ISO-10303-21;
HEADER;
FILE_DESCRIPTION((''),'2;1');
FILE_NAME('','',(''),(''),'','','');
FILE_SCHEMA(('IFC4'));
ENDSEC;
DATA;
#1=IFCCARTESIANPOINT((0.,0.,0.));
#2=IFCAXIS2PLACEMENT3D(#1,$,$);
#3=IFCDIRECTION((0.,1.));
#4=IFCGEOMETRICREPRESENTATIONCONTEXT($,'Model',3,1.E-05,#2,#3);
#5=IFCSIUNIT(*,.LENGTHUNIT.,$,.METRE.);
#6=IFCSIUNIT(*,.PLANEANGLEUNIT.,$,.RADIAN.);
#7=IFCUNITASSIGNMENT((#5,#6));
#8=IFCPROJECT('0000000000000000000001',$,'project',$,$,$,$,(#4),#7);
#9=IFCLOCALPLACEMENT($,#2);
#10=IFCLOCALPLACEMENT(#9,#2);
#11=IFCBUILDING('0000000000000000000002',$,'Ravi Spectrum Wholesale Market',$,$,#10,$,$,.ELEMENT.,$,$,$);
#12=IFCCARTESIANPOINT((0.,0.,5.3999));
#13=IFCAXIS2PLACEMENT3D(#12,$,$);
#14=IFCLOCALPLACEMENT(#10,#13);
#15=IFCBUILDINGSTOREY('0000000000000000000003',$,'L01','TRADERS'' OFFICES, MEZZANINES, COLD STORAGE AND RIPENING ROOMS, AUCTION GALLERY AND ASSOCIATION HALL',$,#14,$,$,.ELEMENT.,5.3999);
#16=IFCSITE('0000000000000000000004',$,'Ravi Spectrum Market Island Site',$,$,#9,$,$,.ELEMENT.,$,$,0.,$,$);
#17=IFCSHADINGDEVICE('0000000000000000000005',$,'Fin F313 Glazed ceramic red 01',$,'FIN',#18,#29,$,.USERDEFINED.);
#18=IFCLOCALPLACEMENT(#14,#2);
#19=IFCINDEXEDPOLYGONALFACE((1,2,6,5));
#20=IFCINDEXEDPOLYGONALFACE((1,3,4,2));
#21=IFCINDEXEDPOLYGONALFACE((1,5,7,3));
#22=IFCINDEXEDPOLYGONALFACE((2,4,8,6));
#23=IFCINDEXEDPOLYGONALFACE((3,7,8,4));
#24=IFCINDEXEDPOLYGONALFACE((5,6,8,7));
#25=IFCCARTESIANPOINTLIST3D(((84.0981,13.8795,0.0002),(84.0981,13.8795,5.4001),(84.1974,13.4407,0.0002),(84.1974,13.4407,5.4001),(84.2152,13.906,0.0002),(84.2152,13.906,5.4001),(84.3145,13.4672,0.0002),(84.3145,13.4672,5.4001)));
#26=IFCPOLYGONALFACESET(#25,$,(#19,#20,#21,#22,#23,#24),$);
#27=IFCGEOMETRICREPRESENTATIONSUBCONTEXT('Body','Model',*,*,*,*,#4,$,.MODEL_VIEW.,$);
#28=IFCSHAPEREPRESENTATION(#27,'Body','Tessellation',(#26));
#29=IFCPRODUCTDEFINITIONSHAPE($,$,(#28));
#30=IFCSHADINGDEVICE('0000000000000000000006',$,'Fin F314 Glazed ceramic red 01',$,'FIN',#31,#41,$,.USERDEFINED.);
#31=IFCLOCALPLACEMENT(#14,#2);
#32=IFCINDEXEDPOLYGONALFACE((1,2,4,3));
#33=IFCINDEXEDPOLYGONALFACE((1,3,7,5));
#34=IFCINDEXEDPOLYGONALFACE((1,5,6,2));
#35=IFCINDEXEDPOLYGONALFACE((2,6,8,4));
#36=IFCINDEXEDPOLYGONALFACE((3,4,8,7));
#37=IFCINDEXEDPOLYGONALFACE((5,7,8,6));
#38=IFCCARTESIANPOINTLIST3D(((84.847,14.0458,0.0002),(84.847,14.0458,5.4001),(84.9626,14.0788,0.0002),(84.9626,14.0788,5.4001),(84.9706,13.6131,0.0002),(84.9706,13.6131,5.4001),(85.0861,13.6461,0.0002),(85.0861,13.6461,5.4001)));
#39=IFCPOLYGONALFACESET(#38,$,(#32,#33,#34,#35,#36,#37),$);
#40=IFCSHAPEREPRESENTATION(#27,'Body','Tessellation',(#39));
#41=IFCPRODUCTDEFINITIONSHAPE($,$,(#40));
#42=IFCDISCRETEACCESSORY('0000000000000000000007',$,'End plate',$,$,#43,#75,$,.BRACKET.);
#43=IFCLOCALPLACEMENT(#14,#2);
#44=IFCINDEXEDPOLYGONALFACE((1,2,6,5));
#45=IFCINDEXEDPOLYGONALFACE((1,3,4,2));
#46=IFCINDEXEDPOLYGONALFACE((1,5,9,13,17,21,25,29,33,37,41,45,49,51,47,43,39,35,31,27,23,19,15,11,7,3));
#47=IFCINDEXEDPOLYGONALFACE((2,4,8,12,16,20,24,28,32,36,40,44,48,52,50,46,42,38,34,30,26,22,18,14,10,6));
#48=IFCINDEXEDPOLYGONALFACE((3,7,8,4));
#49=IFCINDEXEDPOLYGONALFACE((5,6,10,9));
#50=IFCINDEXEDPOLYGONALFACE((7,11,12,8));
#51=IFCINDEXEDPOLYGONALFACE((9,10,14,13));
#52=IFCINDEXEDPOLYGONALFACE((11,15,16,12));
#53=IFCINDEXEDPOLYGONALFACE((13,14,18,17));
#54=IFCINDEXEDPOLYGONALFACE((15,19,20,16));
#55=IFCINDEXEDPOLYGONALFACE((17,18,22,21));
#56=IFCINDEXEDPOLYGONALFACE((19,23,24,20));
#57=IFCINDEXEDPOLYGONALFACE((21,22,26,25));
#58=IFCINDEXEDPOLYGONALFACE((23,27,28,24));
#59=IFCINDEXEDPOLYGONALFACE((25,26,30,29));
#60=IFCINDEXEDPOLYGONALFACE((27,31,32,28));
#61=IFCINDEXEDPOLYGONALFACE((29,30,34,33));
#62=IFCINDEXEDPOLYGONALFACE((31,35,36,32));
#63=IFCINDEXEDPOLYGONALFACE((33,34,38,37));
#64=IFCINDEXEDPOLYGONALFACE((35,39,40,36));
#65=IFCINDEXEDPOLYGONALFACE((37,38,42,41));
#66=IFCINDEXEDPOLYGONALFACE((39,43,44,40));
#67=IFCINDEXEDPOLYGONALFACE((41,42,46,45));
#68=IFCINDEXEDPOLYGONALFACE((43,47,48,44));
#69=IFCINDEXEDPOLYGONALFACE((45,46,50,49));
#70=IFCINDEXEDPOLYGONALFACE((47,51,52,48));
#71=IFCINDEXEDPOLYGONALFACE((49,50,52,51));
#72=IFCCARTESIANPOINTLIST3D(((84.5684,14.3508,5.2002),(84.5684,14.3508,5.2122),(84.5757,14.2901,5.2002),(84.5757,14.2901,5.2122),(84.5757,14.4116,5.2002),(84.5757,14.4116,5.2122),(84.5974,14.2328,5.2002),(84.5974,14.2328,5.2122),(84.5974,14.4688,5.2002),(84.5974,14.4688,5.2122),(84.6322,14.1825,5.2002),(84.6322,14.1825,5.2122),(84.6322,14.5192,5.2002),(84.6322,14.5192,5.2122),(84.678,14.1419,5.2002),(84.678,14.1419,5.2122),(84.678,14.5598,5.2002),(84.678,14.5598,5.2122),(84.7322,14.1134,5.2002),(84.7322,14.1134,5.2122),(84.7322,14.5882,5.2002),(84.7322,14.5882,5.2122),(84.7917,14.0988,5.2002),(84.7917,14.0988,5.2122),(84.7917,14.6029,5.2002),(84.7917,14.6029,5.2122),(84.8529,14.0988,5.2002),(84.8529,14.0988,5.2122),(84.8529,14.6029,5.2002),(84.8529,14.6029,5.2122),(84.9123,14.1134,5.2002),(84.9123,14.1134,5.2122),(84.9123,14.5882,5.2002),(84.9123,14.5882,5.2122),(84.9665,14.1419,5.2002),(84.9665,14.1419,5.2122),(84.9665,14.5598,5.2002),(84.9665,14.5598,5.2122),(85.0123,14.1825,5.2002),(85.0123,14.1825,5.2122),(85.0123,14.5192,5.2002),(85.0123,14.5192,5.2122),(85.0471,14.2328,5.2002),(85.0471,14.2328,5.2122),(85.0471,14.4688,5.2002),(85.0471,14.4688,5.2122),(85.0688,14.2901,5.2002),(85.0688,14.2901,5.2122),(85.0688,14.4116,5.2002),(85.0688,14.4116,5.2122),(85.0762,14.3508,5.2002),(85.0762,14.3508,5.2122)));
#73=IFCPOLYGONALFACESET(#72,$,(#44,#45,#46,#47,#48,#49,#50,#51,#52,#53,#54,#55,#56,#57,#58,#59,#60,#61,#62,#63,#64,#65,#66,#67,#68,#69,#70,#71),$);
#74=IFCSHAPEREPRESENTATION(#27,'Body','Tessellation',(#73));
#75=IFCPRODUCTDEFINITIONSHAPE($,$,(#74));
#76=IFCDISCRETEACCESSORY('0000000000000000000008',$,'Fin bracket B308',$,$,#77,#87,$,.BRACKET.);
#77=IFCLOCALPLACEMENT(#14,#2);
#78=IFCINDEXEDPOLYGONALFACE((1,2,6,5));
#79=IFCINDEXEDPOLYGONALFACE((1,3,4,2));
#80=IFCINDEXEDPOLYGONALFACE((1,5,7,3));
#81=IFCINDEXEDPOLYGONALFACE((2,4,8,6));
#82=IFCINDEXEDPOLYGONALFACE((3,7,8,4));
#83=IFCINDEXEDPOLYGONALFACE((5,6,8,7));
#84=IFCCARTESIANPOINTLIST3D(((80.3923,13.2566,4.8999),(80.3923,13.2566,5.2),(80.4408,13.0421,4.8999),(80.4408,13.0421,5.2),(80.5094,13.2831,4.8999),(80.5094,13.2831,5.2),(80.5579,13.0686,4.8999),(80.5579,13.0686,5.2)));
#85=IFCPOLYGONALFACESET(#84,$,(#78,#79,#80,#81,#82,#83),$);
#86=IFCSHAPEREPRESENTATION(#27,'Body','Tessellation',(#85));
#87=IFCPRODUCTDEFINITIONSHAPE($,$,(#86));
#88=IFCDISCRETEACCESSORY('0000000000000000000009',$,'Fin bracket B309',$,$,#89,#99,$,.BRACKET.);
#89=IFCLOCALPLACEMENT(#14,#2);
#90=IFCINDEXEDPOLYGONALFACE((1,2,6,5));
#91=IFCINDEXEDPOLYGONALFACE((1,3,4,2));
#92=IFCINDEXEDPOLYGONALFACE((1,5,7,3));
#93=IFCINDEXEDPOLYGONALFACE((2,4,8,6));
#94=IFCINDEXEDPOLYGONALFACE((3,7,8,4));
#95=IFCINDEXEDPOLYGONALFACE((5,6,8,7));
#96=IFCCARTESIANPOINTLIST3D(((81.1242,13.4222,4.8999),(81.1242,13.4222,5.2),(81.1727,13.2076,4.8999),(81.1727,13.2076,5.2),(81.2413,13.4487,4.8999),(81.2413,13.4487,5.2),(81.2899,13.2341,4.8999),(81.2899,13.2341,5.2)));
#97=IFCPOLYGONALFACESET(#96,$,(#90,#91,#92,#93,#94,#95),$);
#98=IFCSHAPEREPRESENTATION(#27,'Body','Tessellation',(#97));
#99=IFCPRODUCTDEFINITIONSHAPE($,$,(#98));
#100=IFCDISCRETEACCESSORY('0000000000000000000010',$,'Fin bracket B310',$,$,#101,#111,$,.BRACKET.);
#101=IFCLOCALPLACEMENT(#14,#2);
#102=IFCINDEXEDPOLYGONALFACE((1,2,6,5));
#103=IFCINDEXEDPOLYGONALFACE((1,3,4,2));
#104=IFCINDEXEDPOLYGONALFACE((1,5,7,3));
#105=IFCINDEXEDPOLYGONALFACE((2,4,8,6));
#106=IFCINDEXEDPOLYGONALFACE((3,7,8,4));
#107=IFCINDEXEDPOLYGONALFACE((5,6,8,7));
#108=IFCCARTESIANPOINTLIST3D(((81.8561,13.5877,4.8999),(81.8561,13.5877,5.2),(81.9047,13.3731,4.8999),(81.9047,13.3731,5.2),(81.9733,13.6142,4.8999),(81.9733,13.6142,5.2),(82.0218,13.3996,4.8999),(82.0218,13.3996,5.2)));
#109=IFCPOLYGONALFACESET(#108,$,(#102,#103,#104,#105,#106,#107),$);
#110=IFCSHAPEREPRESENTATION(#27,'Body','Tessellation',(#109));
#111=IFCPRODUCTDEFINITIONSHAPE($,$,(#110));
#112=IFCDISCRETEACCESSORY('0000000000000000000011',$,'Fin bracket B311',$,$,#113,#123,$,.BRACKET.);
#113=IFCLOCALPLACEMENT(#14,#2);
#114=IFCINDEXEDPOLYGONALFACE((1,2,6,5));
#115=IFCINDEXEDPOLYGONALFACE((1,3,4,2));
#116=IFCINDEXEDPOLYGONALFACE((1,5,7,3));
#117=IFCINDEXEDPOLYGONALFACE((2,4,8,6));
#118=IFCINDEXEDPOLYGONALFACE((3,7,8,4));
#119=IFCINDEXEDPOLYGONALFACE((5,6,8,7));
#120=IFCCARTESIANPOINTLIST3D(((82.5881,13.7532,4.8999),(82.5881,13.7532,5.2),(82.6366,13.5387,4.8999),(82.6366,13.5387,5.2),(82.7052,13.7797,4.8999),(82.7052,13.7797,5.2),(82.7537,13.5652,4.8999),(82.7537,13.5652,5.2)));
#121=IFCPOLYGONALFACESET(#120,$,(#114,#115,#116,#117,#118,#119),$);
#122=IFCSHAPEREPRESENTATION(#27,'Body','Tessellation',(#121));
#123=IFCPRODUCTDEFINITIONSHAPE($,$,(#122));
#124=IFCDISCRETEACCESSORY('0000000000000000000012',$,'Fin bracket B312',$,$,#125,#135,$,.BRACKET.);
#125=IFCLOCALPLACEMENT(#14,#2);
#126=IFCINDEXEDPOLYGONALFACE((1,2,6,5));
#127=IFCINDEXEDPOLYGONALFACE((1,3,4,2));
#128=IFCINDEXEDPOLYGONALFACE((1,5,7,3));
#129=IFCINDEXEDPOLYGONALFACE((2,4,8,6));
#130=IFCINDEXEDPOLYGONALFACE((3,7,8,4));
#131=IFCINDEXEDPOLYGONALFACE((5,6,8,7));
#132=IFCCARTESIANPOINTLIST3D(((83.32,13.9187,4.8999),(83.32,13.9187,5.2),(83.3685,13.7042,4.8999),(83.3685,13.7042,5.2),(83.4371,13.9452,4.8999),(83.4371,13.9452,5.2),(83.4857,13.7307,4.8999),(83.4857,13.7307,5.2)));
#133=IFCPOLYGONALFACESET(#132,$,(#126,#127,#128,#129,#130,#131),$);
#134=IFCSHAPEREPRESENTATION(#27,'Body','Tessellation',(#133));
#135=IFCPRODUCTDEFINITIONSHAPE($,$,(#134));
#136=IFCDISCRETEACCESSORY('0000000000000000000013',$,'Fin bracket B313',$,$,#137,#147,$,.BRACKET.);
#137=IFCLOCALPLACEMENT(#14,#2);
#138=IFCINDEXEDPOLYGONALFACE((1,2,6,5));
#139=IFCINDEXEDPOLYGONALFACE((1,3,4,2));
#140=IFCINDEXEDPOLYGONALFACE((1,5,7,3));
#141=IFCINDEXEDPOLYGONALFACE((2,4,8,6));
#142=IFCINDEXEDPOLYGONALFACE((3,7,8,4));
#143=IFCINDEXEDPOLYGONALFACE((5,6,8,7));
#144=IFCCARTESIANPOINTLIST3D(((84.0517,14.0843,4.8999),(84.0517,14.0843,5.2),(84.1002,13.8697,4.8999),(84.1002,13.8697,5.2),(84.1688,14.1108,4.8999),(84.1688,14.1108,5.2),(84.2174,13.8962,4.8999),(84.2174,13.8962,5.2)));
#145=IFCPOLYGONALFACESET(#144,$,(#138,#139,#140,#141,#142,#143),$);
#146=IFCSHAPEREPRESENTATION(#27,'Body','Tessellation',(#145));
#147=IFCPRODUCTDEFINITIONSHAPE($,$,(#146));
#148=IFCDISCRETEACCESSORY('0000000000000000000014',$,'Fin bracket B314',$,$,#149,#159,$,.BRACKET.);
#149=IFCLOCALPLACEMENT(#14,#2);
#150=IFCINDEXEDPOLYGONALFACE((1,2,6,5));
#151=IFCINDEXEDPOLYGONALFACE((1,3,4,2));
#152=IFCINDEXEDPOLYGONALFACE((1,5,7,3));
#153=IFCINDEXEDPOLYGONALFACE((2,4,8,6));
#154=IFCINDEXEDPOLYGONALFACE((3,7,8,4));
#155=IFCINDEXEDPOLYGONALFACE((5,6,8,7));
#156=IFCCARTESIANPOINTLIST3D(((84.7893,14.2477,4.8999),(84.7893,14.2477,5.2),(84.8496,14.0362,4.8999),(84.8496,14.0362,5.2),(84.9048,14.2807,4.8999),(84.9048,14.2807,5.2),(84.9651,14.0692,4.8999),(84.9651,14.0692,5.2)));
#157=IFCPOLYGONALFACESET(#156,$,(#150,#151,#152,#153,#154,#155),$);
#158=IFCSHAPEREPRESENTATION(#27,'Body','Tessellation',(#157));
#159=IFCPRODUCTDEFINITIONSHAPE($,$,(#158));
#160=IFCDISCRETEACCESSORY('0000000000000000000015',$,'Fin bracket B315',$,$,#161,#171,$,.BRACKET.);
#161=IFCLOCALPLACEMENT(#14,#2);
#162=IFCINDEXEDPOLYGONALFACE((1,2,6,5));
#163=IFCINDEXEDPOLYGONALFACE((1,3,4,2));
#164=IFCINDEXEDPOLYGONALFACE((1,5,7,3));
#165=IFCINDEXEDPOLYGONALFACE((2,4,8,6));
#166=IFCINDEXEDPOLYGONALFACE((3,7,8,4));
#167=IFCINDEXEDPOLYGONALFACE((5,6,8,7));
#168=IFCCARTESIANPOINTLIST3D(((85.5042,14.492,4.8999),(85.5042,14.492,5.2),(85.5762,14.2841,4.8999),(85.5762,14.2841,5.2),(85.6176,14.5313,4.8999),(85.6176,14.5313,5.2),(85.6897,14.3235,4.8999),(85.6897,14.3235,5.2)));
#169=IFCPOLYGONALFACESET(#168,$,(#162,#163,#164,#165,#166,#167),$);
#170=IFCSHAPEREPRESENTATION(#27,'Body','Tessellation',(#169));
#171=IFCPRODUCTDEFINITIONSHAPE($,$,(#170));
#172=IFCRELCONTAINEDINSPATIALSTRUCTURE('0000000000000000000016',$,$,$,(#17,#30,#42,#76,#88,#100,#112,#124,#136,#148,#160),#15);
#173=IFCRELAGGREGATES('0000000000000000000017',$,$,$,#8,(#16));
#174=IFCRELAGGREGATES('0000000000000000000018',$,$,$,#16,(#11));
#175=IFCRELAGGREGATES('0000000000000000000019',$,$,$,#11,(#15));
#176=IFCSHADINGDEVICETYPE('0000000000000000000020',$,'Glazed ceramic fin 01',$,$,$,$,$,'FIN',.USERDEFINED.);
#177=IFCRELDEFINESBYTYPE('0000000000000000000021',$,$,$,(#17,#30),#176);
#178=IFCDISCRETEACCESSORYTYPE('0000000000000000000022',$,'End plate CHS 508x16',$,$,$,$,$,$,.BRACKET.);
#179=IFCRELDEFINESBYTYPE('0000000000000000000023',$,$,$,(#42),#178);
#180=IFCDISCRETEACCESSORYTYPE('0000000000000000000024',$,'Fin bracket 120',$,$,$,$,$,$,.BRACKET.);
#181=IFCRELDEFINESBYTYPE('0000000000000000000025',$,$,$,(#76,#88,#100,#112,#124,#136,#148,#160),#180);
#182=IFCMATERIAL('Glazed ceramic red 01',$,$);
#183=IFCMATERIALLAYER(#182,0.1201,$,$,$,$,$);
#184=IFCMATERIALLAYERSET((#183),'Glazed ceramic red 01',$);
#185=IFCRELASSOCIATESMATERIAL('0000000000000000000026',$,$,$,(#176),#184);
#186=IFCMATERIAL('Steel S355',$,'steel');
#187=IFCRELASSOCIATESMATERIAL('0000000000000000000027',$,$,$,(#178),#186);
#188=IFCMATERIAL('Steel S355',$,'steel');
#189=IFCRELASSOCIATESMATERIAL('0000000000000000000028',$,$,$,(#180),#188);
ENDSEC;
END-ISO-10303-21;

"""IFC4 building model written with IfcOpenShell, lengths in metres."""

from ifc_helpers import new_model, si_unit, direction, frame, origin, origin_2d, place, context, subcontext, project, spatial, rectangle, circle, extrude, material, layer, layer_set, material_profile, profile_set, type_object, element, save


model = new_model("IFC4")

# Units and contexts
model_context = context("Model", 3, precision=1e-05, world=origin(), true_north=direction((0.0, 1.0)))
body_context = subcontext(model_context, "Body", "Model", "MODEL_VIEW")
ifc_project = project(units=[si_unit("LENGTHUNIT", "METRE"), si_unit("PLANEANGLEUNIT", "RADIAN")], contexts=[model_context])

# Site, building, storey
site_placement = place(None, origin())
site = spatial("IfcSite", under=ifc_project, at=site_placement, Name="Ravi Spectrum Market Island Site", CompositionType="ELEMENT", RefElevation=0.0)
building_placement = place(site_placement, origin())
building = spatial("IfcBuilding", under=site, at=building_placement, Name="Ravi Spectrum Wholesale Market", CompositionType="ELEMENT")
storey_placement = place(building_placement, frame((0.0, 0.0, 5.3999)))
storey = spatial("IfcBuildingStorey", under=building, at=storey_placement, Name="L01", Description="TRADERS' OFFICES, MEZZANINES, COLD STORAGE AND RIPENING ROOMS, AUCTION GALLERY AND ASSOCIATION HALL", CompositionType="ELEMENT", Elevation=5.3999)

# Shading devices
ifc_material_1 = material(Name="Glazed ceramic red 01")
ifc_layer_1 = layer(ifc_material_1, 0.1201)
ifc_layer_set_1 = layer_set([ifc_layer_1], Name="Glazed ceramic red 01")
shading_device_type = type_object("IfcShadingDeviceType", Name="Glazed ceramic fin 01", ElementType="FIN", PredefinedType="USERDEFINED", material=ifc_layer_set_1)
for number, where, z_axis, x_axis, name in (
    (1, (84.2063, 13.6733, 0.0002), (0.0, 0.0, 1.0), (0.975361, 0.220616, 0.0), "Fin F313 Glazed ceramic red 01"),
    (2, (84.9666, 13.8459, 0.0002), (0.0, 0.0, 1.0), (0.96159, 0.274488, 0.0), "Fin F314 Glazed ceramic red 01"),
):
    element("IfcShadingDevice", number, at=place(storey_placement, frame(where, z_axis=z_axis, x_axis=x_axis)), inside=storey, type_object=shading_device_type, Name=name, ObjectType="FIN", PredefinedType="USERDEFINED", context=body_context, shape_type="SweptSolid", body=[
        extrude(rectangle(XDim=0.1201, YDim=0.45, at=origin_2d()), origin(), (0.0, 0.0, 1.0), 5.3999),
    ])

# Discrete accessories
ifc_material_2 = material(Name="Steel S355", Category="steel")
ifc_material_profile_1 = material_profile(ifc_material_2, circle(Radius=0.2539, at=origin_2d()))
ifc_profile_set_1 = profile_set([ifc_material_profile_1], Name="Steel S355")
discrete_accessory_type_1 = type_object("IfcDiscreteAccessoryType", Name="End plate CHS 508x16", PredefinedType="BRACKET", material=ifc_profile_set_1)
discrete_accessory_placement = place(storey_placement, frame((84.8223, 14.3508, 5.2002), z_axis=(0.0, 0.0, 1.0), x_axis=(1.0, 0.0, 0.0)))
element("IfcDiscreteAccessory", 3, at=discrete_accessory_placement, inside=storey, type_object=discrete_accessory_type_1, Name="End plate", PredefinedType="BRACKET", context=body_context, shape_type="SweptSolid", body=[
    extrude(circle(Radius=0.2539, at=origin_2d()), origin(), (0.0, 0.0, 1.0), 0.012),
])
ifc_material_3 = material(Name="Steel S355", Category="steel")
discrete_accessory_type_2 = type_object("IfcDiscreteAccessoryType", Name="Fin bracket 120", PredefinedType="BRACKET", material=ifc_material_3)
for number, where, z_axis, x_axis, name in (
    (4, (80.4751, 13.1626, 4.8999), (0.0, 0.0, 1.0), (0.975361, 0.220616, 0.0), "Fin bracket B308"),
    (5, (81.207, 13.3281, 4.8999), (0.0, 0.0, 1.0), (0.975361, 0.220616, 0.0), "Fin bracket B309"),
    (6, (81.939, 13.4937, 4.8999), (0.0, 0.0, 1.0), (0.975361, 0.220616, 0.0), "Fin bracket B310"),
    (7, (82.6709, 13.6592, 4.8999), (0.0, 0.0, 1.0), (0.975361, 0.220616, 0.0), "Fin bracket B311"),
    (8, (83.4028, 13.8247, 4.8999), (0.0, 0.0, 1.0), (0.975361, 0.220616, 0.0), "Fin bracket B312"),
    (9, (84.1345, 13.9902, 4.8999), (0.0, 0.0, 1.0), (0.975361, 0.220616, 0.0), "Fin bracket B313"),
    (10, (84.8772, 14.1584, 4.8999), (0.0, 0.0, 1.0), (0.96159, 0.274488, 0.0), "Fin bracket B314"),
    (11, (85.5969, 14.4077, 4.8999), (0.0, 0.0, 1.0), (0.944847, 0.327512, 0.0), "Fin bracket B315"),
):
    element("IfcDiscreteAccessory", number, at=place(storey_placement, frame(where, z_axis=z_axis, x_axis=x_axis)), inside=storey, type_object=discrete_accessory_type_2, Name=name, PredefinedType="BRACKET", context=body_context, shape_type="SweptSolid", body=[
        extrude(rectangle(XDim=0.1201, YDim=0.22, at=origin_2d()), origin(), (0.0, 0.0, 1.0), 0.3),
    ])

save(model, "model.ifc")
